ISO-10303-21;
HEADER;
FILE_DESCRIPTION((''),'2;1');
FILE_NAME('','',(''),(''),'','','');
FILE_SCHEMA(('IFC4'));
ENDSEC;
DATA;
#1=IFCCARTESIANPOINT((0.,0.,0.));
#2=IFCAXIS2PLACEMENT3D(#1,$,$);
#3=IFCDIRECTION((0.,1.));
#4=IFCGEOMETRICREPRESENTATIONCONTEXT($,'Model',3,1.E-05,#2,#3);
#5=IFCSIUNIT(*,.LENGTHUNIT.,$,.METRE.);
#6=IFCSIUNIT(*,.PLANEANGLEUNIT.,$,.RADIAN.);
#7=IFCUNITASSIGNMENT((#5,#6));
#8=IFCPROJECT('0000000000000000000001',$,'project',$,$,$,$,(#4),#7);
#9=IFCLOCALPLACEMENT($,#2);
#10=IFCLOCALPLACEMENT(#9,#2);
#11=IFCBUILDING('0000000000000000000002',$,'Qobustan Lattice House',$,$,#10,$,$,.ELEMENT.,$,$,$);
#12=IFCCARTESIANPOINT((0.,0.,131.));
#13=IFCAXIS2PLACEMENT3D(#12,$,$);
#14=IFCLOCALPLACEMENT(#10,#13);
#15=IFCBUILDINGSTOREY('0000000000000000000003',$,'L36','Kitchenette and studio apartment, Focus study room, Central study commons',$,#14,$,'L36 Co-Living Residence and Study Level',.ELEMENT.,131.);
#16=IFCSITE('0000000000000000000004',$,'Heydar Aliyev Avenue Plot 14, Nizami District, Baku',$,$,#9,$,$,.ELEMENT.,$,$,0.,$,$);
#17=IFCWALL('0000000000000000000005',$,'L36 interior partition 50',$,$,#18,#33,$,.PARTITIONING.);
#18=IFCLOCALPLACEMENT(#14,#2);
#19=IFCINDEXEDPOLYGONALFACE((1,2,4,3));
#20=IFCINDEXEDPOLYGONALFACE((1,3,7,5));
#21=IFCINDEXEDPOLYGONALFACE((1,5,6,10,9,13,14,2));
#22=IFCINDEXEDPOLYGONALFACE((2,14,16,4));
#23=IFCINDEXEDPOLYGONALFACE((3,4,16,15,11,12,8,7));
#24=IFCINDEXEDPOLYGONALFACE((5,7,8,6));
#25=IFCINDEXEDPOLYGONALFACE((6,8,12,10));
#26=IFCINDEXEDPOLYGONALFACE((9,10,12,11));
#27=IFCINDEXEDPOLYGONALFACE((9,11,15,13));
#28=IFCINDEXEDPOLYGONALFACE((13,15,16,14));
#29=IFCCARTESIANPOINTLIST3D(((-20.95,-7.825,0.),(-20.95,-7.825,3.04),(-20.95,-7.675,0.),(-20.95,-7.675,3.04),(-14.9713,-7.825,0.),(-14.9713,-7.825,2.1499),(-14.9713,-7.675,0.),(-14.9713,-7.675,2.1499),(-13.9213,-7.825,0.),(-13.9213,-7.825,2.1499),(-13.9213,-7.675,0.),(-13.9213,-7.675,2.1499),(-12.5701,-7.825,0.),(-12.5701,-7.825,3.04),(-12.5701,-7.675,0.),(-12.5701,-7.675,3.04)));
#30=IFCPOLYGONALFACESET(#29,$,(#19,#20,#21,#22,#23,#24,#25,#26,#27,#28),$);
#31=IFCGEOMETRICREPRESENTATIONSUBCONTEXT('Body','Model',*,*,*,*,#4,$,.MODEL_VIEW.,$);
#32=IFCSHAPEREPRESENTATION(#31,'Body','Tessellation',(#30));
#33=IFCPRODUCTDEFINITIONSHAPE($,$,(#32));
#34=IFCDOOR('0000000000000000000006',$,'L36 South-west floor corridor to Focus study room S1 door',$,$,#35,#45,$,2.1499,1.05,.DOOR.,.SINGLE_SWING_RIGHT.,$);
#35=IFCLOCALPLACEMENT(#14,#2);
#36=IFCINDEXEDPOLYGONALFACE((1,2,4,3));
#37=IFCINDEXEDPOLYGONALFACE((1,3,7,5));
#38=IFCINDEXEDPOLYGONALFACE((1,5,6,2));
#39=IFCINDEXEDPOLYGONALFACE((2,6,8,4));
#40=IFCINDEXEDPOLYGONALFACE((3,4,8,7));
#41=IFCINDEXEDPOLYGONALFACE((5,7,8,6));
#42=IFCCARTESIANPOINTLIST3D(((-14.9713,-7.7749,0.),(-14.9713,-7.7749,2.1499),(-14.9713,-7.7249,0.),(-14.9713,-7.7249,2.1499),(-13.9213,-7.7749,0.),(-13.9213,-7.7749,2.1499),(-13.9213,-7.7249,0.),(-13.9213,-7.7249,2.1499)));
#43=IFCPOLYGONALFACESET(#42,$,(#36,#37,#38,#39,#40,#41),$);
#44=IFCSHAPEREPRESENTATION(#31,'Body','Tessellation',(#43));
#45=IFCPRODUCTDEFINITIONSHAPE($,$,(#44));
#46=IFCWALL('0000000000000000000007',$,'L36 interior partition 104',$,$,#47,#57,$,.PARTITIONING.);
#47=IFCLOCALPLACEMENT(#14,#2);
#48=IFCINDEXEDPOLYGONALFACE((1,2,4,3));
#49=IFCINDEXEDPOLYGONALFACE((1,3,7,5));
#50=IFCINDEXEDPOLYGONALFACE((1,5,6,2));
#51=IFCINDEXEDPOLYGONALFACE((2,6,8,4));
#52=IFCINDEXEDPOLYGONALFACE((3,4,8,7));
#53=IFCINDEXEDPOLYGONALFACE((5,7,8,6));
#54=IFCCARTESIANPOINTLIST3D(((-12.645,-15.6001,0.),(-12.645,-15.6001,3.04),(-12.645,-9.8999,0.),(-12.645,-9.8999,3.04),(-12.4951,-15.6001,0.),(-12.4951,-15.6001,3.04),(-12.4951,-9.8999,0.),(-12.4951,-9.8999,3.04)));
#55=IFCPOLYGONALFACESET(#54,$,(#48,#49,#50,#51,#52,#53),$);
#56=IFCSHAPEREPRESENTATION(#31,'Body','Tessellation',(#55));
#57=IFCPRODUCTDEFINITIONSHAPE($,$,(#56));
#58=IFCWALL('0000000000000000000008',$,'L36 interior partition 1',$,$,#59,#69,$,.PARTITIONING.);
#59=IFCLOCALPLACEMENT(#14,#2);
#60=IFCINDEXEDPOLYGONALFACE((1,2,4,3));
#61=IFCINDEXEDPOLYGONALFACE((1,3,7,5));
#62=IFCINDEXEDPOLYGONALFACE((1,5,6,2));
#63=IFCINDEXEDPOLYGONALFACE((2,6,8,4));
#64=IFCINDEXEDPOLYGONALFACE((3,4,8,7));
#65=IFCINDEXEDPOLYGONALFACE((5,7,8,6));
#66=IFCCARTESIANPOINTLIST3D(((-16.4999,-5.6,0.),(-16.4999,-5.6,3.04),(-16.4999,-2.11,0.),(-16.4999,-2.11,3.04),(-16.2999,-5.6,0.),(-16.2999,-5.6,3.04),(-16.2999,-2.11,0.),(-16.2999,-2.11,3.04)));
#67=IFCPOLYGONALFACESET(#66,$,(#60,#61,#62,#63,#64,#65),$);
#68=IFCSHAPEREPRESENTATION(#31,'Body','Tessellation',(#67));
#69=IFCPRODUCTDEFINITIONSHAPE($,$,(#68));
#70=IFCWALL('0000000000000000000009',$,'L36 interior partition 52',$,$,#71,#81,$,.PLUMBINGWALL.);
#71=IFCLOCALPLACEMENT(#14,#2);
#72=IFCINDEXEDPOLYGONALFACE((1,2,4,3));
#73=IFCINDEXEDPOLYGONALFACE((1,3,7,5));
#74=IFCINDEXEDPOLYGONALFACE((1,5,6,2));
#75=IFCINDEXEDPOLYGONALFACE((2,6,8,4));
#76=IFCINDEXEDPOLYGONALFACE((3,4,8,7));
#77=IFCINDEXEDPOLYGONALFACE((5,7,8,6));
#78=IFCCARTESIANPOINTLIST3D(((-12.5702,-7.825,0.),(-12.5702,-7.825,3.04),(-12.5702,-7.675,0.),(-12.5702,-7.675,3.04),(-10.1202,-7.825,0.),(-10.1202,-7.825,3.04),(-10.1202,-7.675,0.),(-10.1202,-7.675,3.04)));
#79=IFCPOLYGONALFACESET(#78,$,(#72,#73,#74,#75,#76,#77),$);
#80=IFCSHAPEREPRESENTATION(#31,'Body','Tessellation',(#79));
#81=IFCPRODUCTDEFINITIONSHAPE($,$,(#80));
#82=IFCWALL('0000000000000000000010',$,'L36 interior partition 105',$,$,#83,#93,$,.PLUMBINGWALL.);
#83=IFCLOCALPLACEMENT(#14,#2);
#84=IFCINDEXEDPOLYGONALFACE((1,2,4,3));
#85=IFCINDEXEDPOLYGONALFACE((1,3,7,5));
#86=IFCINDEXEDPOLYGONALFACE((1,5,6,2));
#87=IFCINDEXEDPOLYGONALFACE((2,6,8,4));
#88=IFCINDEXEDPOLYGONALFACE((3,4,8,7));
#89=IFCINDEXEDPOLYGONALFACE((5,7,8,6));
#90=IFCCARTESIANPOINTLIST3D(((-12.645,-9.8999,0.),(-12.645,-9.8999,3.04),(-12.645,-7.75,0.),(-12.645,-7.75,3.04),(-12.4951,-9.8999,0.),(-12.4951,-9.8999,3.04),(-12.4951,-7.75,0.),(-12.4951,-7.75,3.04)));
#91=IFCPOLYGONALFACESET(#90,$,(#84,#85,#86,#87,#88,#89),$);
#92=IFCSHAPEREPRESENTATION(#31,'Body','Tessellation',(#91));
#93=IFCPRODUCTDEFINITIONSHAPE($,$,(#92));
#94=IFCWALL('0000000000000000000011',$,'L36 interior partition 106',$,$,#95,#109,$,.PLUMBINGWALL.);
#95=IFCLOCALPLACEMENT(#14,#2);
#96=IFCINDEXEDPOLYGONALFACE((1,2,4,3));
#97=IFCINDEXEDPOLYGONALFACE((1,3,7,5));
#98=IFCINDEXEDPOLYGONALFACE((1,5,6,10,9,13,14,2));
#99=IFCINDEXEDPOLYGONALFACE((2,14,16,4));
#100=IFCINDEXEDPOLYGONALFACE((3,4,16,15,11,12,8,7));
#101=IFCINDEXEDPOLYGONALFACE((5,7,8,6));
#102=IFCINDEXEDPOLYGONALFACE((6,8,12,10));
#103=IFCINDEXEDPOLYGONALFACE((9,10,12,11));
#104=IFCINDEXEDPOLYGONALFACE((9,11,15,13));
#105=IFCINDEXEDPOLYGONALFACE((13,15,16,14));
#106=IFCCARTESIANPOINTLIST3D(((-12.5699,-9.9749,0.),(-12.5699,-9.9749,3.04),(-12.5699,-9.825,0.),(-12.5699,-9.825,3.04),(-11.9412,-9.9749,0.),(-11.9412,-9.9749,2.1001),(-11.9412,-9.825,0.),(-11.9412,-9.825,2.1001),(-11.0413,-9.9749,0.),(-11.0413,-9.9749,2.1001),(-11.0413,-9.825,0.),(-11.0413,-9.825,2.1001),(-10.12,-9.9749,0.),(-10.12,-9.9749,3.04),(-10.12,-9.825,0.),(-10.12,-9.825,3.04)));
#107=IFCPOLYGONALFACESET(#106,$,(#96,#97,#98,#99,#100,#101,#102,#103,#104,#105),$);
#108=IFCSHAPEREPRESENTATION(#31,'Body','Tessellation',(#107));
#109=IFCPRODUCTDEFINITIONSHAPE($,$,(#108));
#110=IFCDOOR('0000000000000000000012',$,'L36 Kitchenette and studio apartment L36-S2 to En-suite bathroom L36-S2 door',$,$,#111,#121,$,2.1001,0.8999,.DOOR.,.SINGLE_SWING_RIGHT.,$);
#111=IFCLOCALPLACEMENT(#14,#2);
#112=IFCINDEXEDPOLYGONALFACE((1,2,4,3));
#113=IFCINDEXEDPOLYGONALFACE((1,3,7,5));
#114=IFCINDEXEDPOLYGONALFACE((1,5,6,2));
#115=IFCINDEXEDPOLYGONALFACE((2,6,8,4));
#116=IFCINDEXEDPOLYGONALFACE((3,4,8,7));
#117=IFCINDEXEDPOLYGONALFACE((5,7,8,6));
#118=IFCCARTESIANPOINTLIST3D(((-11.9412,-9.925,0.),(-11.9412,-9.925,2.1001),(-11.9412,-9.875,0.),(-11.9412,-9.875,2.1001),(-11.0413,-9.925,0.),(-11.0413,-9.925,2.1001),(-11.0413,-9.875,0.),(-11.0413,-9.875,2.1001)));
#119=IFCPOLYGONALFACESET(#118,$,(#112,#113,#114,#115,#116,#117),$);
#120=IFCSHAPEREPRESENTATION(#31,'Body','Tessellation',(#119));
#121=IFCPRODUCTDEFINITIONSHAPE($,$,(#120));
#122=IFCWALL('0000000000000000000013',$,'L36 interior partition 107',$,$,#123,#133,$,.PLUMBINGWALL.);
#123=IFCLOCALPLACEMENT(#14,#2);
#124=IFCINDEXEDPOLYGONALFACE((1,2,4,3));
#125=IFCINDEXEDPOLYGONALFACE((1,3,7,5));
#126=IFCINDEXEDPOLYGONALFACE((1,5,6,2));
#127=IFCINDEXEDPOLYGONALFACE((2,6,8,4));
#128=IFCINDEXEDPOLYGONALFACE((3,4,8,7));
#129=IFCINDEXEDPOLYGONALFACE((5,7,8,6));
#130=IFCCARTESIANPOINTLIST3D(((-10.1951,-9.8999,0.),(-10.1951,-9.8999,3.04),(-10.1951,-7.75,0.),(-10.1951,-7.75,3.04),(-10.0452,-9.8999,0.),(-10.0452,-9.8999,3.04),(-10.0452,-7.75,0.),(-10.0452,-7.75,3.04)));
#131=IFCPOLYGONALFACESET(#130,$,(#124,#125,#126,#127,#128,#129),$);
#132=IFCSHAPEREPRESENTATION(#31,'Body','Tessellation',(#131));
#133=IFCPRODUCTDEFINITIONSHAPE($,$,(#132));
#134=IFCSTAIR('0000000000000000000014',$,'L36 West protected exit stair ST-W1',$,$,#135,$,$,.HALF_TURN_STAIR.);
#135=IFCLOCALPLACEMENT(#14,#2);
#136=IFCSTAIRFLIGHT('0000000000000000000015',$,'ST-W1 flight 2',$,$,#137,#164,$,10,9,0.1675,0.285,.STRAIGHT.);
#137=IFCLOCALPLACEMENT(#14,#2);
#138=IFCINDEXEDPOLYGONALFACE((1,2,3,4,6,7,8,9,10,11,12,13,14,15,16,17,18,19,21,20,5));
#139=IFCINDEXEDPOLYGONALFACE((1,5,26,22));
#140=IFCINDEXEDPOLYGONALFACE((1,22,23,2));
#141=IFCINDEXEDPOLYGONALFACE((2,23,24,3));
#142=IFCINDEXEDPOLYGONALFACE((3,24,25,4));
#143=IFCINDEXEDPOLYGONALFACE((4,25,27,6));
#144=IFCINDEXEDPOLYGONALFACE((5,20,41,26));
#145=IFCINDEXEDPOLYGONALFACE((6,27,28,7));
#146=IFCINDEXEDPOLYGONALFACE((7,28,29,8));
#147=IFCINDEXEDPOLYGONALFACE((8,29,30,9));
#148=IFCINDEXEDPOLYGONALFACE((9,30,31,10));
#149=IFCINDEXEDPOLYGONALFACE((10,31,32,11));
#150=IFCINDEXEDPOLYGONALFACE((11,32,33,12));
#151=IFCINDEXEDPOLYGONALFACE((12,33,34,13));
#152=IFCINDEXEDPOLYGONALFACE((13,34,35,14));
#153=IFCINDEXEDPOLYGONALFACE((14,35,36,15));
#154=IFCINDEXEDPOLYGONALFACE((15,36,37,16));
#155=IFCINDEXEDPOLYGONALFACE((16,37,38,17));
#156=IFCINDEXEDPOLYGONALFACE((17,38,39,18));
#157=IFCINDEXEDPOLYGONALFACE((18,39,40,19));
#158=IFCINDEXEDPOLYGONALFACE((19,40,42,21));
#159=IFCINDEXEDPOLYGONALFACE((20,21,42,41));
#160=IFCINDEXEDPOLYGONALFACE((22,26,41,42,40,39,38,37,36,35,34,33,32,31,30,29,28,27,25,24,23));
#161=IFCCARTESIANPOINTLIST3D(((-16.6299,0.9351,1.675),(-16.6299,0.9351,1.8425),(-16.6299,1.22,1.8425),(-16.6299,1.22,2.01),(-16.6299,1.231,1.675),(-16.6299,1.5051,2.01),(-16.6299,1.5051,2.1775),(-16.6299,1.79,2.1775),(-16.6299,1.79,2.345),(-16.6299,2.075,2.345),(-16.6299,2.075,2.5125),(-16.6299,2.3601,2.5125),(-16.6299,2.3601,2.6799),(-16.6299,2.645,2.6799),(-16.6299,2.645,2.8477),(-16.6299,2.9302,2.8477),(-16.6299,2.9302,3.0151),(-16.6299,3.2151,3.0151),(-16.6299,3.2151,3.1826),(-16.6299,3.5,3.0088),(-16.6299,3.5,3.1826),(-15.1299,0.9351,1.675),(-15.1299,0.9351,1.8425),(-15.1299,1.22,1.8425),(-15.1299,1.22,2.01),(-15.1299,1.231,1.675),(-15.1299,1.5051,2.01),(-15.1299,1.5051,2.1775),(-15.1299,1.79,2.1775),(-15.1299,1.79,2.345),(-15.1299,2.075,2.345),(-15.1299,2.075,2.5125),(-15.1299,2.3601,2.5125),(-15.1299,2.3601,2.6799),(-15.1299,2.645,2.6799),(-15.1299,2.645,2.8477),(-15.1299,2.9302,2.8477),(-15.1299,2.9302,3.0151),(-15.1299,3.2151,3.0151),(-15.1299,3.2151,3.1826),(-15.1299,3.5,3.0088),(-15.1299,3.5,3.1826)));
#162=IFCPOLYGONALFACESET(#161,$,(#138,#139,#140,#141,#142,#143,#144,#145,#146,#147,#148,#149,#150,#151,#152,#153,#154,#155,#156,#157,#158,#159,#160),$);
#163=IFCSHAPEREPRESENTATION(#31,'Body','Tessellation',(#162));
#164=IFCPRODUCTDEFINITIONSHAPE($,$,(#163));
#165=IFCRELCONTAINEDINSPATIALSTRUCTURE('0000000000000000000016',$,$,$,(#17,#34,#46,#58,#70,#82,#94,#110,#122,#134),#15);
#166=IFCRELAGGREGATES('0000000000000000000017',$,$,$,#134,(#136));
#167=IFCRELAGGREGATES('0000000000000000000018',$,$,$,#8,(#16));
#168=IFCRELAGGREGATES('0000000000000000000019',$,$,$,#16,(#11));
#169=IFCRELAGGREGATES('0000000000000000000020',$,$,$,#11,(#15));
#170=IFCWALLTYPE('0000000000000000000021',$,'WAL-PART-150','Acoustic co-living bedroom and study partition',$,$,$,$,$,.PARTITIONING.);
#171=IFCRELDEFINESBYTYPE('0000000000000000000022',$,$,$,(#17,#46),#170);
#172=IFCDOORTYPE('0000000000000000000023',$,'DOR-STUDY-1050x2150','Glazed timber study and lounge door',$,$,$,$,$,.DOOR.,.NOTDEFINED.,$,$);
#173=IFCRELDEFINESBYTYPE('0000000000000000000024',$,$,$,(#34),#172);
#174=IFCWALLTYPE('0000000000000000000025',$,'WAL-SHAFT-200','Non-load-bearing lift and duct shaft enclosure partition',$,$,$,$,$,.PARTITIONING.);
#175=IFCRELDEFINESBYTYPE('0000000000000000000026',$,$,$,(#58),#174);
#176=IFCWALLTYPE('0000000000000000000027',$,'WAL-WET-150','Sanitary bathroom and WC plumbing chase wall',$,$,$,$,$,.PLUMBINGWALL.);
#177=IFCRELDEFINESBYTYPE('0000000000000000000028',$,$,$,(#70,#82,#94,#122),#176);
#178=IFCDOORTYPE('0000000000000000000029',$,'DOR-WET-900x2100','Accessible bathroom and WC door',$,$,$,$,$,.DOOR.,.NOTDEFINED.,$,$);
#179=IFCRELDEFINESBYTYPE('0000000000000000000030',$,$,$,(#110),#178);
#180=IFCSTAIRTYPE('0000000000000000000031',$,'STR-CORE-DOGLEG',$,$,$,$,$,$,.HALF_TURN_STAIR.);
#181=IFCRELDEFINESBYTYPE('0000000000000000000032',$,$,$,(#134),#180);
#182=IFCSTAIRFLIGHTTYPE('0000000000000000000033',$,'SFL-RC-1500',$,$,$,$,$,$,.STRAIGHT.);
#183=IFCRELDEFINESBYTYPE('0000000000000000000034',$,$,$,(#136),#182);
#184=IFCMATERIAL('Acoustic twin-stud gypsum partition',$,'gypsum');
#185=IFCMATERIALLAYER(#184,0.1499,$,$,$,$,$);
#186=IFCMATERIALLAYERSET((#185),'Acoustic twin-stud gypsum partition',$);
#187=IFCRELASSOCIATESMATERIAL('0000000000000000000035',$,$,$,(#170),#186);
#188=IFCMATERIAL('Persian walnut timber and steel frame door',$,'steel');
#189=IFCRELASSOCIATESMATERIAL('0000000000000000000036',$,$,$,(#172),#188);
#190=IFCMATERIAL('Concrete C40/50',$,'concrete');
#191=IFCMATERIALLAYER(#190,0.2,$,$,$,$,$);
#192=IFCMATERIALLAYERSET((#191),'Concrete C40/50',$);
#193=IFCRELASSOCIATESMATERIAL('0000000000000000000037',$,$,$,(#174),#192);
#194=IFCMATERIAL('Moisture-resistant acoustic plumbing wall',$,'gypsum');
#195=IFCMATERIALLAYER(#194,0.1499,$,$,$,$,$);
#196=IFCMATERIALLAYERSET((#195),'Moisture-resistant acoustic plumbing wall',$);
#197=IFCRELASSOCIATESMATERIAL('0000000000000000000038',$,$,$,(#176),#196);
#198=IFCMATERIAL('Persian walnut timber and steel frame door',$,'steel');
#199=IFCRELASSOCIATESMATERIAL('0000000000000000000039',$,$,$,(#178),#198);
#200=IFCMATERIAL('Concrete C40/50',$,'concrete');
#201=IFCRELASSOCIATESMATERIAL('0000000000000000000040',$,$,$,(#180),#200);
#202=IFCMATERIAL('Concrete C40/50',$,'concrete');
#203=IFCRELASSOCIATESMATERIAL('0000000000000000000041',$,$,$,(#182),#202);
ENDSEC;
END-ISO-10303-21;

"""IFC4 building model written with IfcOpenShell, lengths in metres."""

from ifc_helpers import new_model, si_unit, direction, frame, frame_2d, origin, place, context, subcontext, project, spatial, polyline, rectangle, outline, extrude, material, layer, layer_set, type_object, element, fill, aggregate, save


model = new_model("IFC4")

# Units and contexts
model_context = context("Model", 3, precision=1e-05, world=origin(), true_north=direction((0.0, 1.0)))
body_context = subcontext(model_context, "Body", "Model", "MODEL_VIEW")
ifc_project = project(units=[si_unit("LENGTHUNIT", "METRE"), si_unit("PLANEANGLEUNIT", "RADIAN")], contexts=[model_context])

# Site, building, storey
site_placement = place(None, origin())
site = spatial("IfcSite", under=ifc_project, at=site_placement, Name="Heydar Aliyev Avenue Plot 14, Nizami District, Baku", CompositionType="ELEMENT", RefElevation=0.0)
building_placement = place(site_placement, origin())
building = spatial("IfcBuilding", under=site, at=building_placement, Name="Qobustan Lattice House", CompositionType="ELEMENT")
storey_placement = place(building_placement, frame((0.0, 0.0, 131.0)))
storey = spatial("IfcBuildingStorey", under=building, at=storey_placement, Name="L36", Description="Kitchenette and studio apartment, Focus study room, Central study commons", LongName="L36 Co-Living Residence and Study Level", CompositionType="ELEMENT", Elevation=131.0)

# Wall, opening, door
ifc_material_1 = material(Name="Acoustic twin-stud gypsum partition", Category="gypsum")
ifc_layer_1 = layer(ifc_material_1, 0.1499)
ifc_layer_set_1 = layer_set([ifc_layer_1], Name="Acoustic twin-stud gypsum partition")
wall_type_1 = type_object("IfcWallType", Name="WAL-PART-150", Description="Acoustic co-living bedroom and study partition", PredefinedType="PARTITIONING", material=ifc_layer_set_1)
wall_1_placement = place(storey_placement, frame((-12.5701, -7.75, 0.0), z_axis=(0.0, 0.0, 1.0), x_axis=(-1.0, 0.0, 0.0)))
wall_1 = element("IfcWall", 1, at=wall_1_placement, inside=storey, type_object=wall_type_1, Name="L36 interior partition 50", PredefinedType="PARTITIONING", context=body_context, shape_type="SweptSolid", body=[
    extrude(rectangle(XDim=8.3799, YDim=0.1499, at=frame_2d((4.1899, 0.0))), origin(), (0.0, 0.0, 1.0), 3.04),
])
opening_1_placement = place(wall_1_placement, frame((1.3513, 0.0, 0.0)))
opening_1 = element("IfcOpeningElement", 2, at=opening_1_placement, cuts=wall_1, PredefinedType="OPENING", context=body_context, shape_type="SweptSolid", body=[
    extrude(rectangle(XDim=1.05, YDim=2.1499, at=frame_2d((0.5249, 1.075))), frame((0.0, 0.085, 0.0), z_axis=(0.0, -1.0, 0.0), x_axis=(1.0, 0.0, 0.0)), (0.0, 0.0, 1.0), 0.1699),
])
ifc_material_2 = material(Name="Persian walnut timber and steel frame door", Category="steel")
door_type_1 = type_object("IfcDoorType", Name="DOR-STUDY-1050x2150", Description="Glazed timber study and lounge door", OperationType="NOTDEFINED", PredefinedType="DOOR", material=ifc_material_2)
door_1_placement = place(opening_1_placement, origin())
door_1 = element("IfcDoor", 3, at=door_1_placement, inside=storey, type_object=door_type_1, Name="L36 South-west floor corridor to Focus study room S1 door", OperationType="SINGLE_SWING_RIGHT", OverallHeight=2.1499, OverallWidth=1.05, PredefinedType="DOOR", context=body_context, shape_type="SweptSolid", body=[
    extrude(rectangle(XDim=1.05, YDim=2.1499, at=frame_2d((0.5249, 1.075))), frame((0.0, 0.0249, 0.0), z_axis=(0.0, -1.0, 0.0), x_axis=(1.0, 0.0, 0.0)), (0.0, 0.0, 1.0), 0.05),
])
fill(opening_1, door_1)

# Walls
wall_2_placement = place(storey_placement, frame((-12.5701, -9.8999, 0.0), z_axis=(0.0, 0.0, 1.0), x_axis=(0.0, -1.0, 0.0)))
element("IfcWall", 4, at=wall_2_placement, inside=storey, type_object=wall_type_1, Name="L36 interior partition 104", PredefinedType="PARTITIONING", context=body_context, shape_type="SweptSolid", body=[
    extrude(rectangle(XDim=5.7002, YDim=0.1499, at=frame_2d((2.8501, 0.0))), origin(), (0.0, 0.0, 1.0), 3.04),
])
ifc_material_3 = material(Name="Concrete C40/50", Category="concrete")
ifc_layer_2 = layer(ifc_material_3, 0.2)
ifc_layer_set_2 = layer_set([ifc_layer_2], Name="Concrete C40/50")
wall_type_2 = type_object("IfcWallType", Name="WAL-SHAFT-200", Description="Non-load-bearing lift and duct shaft enclosure partition", PredefinedType="PARTITIONING", material=ifc_layer_set_2)
wall_3_placement = place(storey_placement, frame((-16.3999, -5.6001, 0.0), z_axis=(0.0, 0.0, 1.0), x_axis=(0.0, 1.0, 0.0)))
element("IfcWall", 5, at=wall_3_placement, inside=storey, type_object=wall_type_2, Name="L36 interior partition 1", PredefinedType="PARTITIONING", context=body_context, shape_type="SweptSolid", body=[
    extrude(rectangle(XDim=3.49, YDim=0.2, at=frame_2d((1.7451, 0.0))), origin(), (0.0, 0.0, 1.0), 3.04),
])
ifc_material_4 = material(Name="Moisture-resistant acoustic plumbing wall", Category="gypsum")
ifc_layer_3 = layer(ifc_material_4, 0.1499)
ifc_layer_set_3 = layer_set([ifc_layer_3], Name="Moisture-resistant acoustic plumbing wall")
wall_type_3 = type_object("IfcWallType", Name="WAL-WET-150", Description="Sanitary bathroom and WC plumbing chase wall", PredefinedType="PLUMBINGWALL", material=ifc_layer_set_3)
wall_4_placement = place(storey_placement, frame((-10.1201, -7.75, 0.0), z_axis=(0.0, 0.0, 1.0), x_axis=(-1.0, 0.0, 0.0)))
element("IfcWall", 6, at=wall_4_placement, inside=storey, type_object=wall_type_3, Name="L36 interior partition 52", PredefinedType="PLUMBINGWALL", context=body_context, shape_type="SweptSolid", body=[
    extrude(rectangle(XDim=2.45, YDim=0.1499, at=frame_2d((1.2251, 0.0))), origin(), (0.0, 0.0, 1.0), 3.04),
])
wall_5_placement = place(storey_placement, frame((-12.5701, -7.75, 0.0), z_axis=(0.0, 0.0, 1.0), x_axis=(0.0, -1.0, 0.0)))
element("IfcWall", 7, at=wall_5_placement, inside=storey, type_object=wall_type_3, Name="L36 interior partition 105", PredefinedType="PLUMBINGWALL", context=body_context, shape_type="SweptSolid", body=[
    extrude(rectangle(XDim=2.1499, YDim=0.1499, at=frame_2d((1.075, 0.0))), origin(), (0.0, 0.0, 1.0), 3.04),
])

# Wall, opening, door
wall_6_placement = place(storey_placement, frame((-12.5701, -9.8999, 0.0), z_axis=(0.0, 0.0, 1.0), x_axis=(1.0, 0.0, 0.0)))
wall_6 = element("IfcWall", 8, at=wall_6_placement, inside=storey, type_object=wall_type_3, Name="L36 interior partition 106", PredefinedType="PLUMBINGWALL", context=body_context, shape_type="SweptSolid", body=[
    extrude(rectangle(XDim=2.45, YDim=0.1499, at=frame_2d((1.2251, 0.0))), origin(), (0.0, 0.0, 1.0), 3.04),
])
opening_2_placement = place(wall_6_placement, frame((0.6289, 0.0, 0.0)))
opening_2 = element("IfcOpeningElement", 9, at=opening_2_placement, cuts=wall_6, PredefinedType="OPENING", context=body_context, shape_type="SweptSolid", body=[
    extrude(rectangle(XDim=0.8999, YDim=2.1001, at=frame_2d((0.45, 1.05))), frame((0.0, 0.085, 0.0), z_axis=(0.0, -1.0, 0.0), x_axis=(1.0, 0.0, 0.0)), (0.0, 0.0, 1.0), 0.1699),
])
ifc_material_5 = material(Name="Persian walnut timber and steel frame door", Category="steel")
door_type_2 = type_object("IfcDoorType", Name="DOR-WET-900x2100", Description="Accessible bathroom and WC door", OperationType="NOTDEFINED", PredefinedType="DOOR", material=ifc_material_5)
door_2_placement = place(opening_2_placement, origin())
door_2 = element("IfcDoor", 10, at=door_2_placement, inside=storey, type_object=door_type_2, Name="L36 Kitchenette and studio apartment L36-S2 to En-suite bathroom L36-S2 door", OperationType="SINGLE_SWING_RIGHT", OverallHeight=2.1001, OverallWidth=0.8999, PredefinedType="DOOR", context=body_context, shape_type="SweptSolid", body=[
    extrude(rectangle(XDim=0.8999, YDim=2.1001, at=frame_2d((0.45, 1.05))), frame((0.0, 0.0249, 0.0), z_axis=(0.0, -1.0, 0.0), x_axis=(1.0, 0.0, 0.0)), (0.0, 0.0, 1.0), 0.05),
])
fill(opening_2, door_2)

# Wall
wall_7_placement = place(storey_placement, frame((-10.1201, -9.8999, 0.0), z_axis=(0.0, 0.0, 1.0), x_axis=(0.0, 1.0, 0.0)))
element("IfcWall", 11, at=wall_7_placement, inside=storey, type_object=wall_type_3, Name="L36 interior partition 107", PredefinedType="PLUMBINGWALL", context=body_context, shape_type="SweptSolid", body=[
    extrude(rectangle(XDim=2.1499, YDim=0.1499, at=frame_2d((1.075, 0.0))), origin(), (0.0, 0.0, 1.0), 3.04),
])

# Stair, stair flight
ifc_material_6 = material(Name="Concrete C40/50", Category="concrete")
stair_type = type_object("IfcStairType", Name="STR-CORE-DOGLEG", PredefinedType="HALF_TURN_STAIR", material=ifc_material_6)
stair_placement = place(storey_placement, origin())
stair = element("IfcStair", 12, at=stair_placement, inside=storey, type_object=stair_type, Name="L36 West protected exit stair ST-W1", PredefinedType="HALF_TURN_STAIR")
ifc_material_7 = material(Name="Concrete C40/50", Category="concrete")
stair_flight_type = type_object("IfcStairFlightType", Name="SFL-RC-1500", PredefinedType="STRAIGHT", material=ifc_material_7)
stair_flight_placement = place(storey_placement, frame((-15.8799, 0.9351, 1.675), z_axis=(0.0, 0.0, 1.0), x_axis=(0.0, 1.0, 0.0)))
stair_flight = element("IfcStairFlight", 13, at=stair_flight_placement, type_object=stair_flight_type, Name="ST-W1 flight 2", NumberOfRisers=10, NumberOfTreads=9, PredefinedType="STRAIGHT", RiserHeight=0.1675, TreadLength=0.285, context=body_context, shape_type="SweptSolid", body=[
    extrude(outline(polyline([(0.0, 0.0), (0.0, 0.1675), (0.2849, 0.1675), (0.2849, 0.335), (0.5701, 0.335), (0.5701, 0.5024), (0.855, 0.5024), (0.855, 0.6699), (1.1399, 0.6699), (1.1399, 0.8374), (1.425, 0.8374), (1.425, 1.0049), (1.71, 1.0049), (1.71, 1.1726), (1.9951, 1.1726), (1.9951, 1.3401), (2.28, 1.3401), (2.28, 1.5076), (2.5649, 1.5076), (2.5649, 1.675), (2.5649, 1.3337), (0.2959, 0.0), (0.0, 0.0)])), frame((0.0, 0.75, 0.0), z_axis=(0.0, -1.0, 0.0), x_axis=(1.0, 0.0, 0.0)), (0.0, 0.0, 1.0), 1.5),
])
aggregate(stair, [stair_flight])

save(model, "model.ifc")
